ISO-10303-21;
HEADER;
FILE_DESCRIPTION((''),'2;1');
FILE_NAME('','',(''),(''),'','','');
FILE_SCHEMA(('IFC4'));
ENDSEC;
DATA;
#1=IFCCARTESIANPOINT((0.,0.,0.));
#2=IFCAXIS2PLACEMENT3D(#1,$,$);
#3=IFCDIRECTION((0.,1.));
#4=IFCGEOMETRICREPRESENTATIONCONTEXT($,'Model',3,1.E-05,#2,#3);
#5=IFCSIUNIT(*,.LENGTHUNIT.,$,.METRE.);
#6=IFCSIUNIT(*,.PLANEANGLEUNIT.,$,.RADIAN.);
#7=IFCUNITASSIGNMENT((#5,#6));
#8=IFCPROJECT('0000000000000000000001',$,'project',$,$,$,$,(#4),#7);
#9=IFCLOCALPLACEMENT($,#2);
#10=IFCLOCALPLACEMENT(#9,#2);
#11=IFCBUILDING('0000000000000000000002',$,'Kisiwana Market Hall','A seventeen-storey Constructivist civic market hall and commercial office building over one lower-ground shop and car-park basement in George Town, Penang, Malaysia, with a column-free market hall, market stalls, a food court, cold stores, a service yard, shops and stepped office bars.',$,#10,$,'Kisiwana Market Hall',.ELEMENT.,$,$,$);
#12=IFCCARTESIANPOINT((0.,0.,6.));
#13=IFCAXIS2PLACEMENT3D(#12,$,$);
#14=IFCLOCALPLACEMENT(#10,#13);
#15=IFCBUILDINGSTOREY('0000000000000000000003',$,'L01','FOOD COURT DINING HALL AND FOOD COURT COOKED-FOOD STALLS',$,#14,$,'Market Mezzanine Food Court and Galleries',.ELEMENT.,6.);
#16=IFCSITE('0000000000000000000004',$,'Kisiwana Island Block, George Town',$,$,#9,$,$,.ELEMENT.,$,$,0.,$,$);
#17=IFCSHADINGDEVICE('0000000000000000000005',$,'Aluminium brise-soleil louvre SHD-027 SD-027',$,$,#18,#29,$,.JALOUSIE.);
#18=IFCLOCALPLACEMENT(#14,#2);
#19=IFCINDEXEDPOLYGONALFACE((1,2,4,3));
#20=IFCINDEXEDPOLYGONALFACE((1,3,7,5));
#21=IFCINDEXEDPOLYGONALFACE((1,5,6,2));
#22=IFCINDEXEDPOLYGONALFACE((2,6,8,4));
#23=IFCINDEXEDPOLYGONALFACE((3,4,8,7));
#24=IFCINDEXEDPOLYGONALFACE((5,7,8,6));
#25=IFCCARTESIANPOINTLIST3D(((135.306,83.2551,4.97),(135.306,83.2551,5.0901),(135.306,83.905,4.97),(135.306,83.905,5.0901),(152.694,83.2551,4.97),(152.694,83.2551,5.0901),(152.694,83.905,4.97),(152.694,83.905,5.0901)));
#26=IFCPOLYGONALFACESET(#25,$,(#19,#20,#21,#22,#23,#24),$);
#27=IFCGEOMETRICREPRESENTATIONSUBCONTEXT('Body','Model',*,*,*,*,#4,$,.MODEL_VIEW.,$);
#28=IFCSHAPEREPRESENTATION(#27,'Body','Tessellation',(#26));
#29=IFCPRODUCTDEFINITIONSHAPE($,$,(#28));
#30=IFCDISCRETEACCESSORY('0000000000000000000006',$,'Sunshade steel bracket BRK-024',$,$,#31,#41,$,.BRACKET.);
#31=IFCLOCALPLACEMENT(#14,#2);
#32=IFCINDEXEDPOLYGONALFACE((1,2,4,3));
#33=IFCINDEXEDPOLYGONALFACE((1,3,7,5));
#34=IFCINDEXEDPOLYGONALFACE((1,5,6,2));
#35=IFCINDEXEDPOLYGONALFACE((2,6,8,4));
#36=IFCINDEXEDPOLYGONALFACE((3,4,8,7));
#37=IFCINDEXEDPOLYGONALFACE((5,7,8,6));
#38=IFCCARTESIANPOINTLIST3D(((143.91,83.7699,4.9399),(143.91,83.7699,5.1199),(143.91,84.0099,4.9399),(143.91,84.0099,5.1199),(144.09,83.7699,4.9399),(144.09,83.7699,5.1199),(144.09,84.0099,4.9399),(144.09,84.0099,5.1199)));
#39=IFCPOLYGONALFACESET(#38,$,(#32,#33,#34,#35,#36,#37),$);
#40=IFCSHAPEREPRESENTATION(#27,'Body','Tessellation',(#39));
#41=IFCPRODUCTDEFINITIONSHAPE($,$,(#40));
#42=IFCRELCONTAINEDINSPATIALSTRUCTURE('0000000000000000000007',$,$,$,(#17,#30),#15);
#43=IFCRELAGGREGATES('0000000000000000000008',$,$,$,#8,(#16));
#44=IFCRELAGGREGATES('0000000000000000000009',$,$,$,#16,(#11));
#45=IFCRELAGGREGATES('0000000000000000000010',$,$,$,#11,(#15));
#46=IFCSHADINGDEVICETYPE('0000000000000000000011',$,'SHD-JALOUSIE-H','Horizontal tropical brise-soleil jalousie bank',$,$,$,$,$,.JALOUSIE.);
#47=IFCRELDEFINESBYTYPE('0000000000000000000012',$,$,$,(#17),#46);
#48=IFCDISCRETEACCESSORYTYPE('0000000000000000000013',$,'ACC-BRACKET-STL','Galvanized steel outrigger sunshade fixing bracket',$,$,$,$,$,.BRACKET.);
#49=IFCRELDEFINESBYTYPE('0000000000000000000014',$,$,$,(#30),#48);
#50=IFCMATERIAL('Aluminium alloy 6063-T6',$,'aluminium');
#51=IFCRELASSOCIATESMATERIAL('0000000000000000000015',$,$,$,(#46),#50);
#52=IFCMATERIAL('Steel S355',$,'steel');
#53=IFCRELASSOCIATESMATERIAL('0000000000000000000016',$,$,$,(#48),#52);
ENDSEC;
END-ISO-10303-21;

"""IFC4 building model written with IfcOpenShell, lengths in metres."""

from ifc_helpers import new_model, si_unit, direction, frame, origin, origin_2d, place, context, subcontext, project, spatial, rectangle, extrude, material, type_object, element, save


model = new_model("IFC4")

# Units and contexts
model_context = context("Model", 3, precision=1e-05, world=origin(), true_north=direction((0.0, 1.0)))
body_context = subcontext(model_context, "Body", "Model", "MODEL_VIEW")
ifc_project = project(units=[si_unit("LENGTHUNIT", "METRE"), si_unit("PLANEANGLEUNIT", "RADIAN")], contexts=[model_context])

# Site, building, storey
site_placement = place(None, origin())
site = spatial("IfcSite", under=ifc_project, at=site_placement, Name="Kisiwana Island Block, George Town", CompositionType="ELEMENT", RefElevation=0.0)
building_placement = place(site_placement, origin())
building = spatial("IfcBuilding", under=site, at=building_placement, Name="Kisiwana Market Hall", Description="A seventeen-storey Constructivist civic market hall and commercial office building over one lower-ground shop and car-park basement in George Town, Penang, Malaysia, with a column-free market hall, market stalls, a food court, cold stores, a service yard, shops and stepped office bars.", LongName="Kisiwana Market Hall", CompositionType="ELEMENT")
storey_placement = place(building_placement, frame((0.0, 0.0, 6.0)))
storey = spatial("IfcBuildingStorey", under=building, at=storey_placement, Name="L01", Description="FOOD COURT DINING HALL AND FOOD COURT COOKED-FOOD STALLS", LongName="Market Mezzanine Food Court and Galleries", CompositionType="ELEMENT", Elevation=6.0)

# Shading device
ifc_material_1 = material(Name="Aluminium alloy 6063-T6", Category="aluminium")
shading_device_type = type_object("IfcShadingDeviceType", Name="SHD-JALOUSIE-H", Description="Horizontal tropical brise-soleil jalousie bank", PredefinedType="JALOUSIE", material=ifc_material_1)
shading_device_placement = place(storey_placement, frame((144.0, 83.5801, 4.97), z_axis=(0.0, 0.0, 1.0), x_axis=(1.0, 0.0, 0.0)))
element("IfcShadingDevice", 1, at=shading_device_placement, inside=storey, type_object=shading_device_type, Name="Aluminium brise-soleil louvre SHD-027 SD-027", PredefinedType="JALOUSIE", context=body_context, shape_type="SweptSolid", body=[
    extrude(rectangle(XDim=17.3879, YDim=0.6499, at=origin_2d()), origin(), (0.0, 0.0, 1.0), 0.1201),
])

# Discrete accessory
ifc_material_2 = material(Name="Steel S355", Category="steel")
discrete_accessory_type = type_object("IfcDiscreteAccessoryType", Name="ACC-BRACKET-STL", Description="Galvanized steel outrigger sunshade fixing bracket", PredefinedType="BRACKET", material=ifc_material_2)
discrete_accessory_placement = place(storey_placement, frame((144.0, 83.8899, 4.9399), z_axis=(0.0, 0.0, 1.0), x_axis=(1.0, 0.0, 0.0)))
element("IfcDiscreteAccessory", 2, at=discrete_accessory_placement, inside=storey, type_object=discrete_accessory_type, Name="Sunshade steel bracket BRK-024", PredefinedType="BRACKET", context=body_context, shape_type="SweptSolid", body=[
    extrude(rectangle(XDim=0.1799, YDim=0.24, at=origin_2d()), origin(), (0.0, 0.0, 1.0), 0.1799),
])

save(model, "model.ifc")
